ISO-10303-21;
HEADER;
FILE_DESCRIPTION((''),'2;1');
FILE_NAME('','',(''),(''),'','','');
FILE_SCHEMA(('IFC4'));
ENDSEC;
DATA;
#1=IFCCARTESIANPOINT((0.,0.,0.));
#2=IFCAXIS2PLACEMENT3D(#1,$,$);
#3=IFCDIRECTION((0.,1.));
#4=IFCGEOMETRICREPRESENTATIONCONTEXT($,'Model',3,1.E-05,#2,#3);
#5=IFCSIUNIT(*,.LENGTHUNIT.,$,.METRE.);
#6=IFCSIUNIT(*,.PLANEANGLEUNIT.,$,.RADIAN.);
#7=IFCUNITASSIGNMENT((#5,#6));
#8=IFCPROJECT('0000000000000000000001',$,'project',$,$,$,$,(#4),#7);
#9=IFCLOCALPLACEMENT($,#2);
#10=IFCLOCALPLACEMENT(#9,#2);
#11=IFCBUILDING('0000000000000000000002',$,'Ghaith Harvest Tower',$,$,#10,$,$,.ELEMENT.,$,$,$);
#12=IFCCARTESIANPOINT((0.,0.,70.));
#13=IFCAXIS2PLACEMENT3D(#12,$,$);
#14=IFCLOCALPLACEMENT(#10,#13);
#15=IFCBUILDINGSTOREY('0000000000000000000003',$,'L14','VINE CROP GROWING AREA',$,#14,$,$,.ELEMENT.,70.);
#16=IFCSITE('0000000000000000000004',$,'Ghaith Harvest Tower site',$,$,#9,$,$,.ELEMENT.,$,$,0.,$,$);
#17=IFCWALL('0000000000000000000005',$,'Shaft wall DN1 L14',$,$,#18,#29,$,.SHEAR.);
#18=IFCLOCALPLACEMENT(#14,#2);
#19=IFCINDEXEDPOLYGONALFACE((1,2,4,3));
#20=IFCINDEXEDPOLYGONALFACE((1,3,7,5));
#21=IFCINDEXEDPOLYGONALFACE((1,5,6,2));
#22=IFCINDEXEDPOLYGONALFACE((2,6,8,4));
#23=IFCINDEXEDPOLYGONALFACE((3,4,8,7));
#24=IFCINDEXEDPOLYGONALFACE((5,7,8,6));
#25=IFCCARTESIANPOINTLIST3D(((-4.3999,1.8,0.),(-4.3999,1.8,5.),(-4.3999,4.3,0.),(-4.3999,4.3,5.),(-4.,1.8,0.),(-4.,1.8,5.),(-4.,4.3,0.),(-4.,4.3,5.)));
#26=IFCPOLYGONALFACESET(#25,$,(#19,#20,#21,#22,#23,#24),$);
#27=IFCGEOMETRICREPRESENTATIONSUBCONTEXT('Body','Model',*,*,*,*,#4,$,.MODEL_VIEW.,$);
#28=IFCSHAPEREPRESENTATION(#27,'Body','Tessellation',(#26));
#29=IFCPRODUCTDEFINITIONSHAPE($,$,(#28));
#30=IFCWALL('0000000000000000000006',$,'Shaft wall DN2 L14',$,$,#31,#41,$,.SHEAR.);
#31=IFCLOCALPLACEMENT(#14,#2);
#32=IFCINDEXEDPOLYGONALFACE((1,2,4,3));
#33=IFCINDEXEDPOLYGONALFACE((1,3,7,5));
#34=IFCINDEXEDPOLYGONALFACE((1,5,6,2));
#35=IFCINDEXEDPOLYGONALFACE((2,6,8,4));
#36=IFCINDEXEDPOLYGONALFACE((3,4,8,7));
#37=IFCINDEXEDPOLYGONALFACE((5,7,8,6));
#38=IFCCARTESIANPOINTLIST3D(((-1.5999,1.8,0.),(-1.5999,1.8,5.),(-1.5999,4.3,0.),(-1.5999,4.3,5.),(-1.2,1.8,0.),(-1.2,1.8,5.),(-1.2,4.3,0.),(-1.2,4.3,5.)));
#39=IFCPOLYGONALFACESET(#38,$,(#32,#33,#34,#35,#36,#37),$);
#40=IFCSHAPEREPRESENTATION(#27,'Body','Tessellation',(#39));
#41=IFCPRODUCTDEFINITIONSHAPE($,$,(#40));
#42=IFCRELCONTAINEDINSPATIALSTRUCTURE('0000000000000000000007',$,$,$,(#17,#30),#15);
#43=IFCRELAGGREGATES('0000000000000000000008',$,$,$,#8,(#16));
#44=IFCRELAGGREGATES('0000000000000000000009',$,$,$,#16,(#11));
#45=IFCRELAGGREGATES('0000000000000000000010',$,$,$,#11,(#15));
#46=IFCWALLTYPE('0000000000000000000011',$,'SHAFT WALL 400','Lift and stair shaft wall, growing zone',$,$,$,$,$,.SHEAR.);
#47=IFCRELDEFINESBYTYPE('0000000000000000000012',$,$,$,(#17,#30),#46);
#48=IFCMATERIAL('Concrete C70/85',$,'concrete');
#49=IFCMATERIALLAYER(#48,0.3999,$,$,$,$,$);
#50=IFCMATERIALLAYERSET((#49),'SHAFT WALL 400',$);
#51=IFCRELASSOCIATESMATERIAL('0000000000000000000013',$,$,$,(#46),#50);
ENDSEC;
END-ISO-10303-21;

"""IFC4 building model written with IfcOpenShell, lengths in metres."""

from ifc_helpers import new_model, si_unit, direction, frame, frame_2d, origin, place, context, subcontext, project, spatial, rectangle, extrude, material, layer, layer_set, type_object, element, save


model = new_model("IFC4")

# Units and contexts
model_context = context("Model", 3, precision=1e-05, world=origin(), true_north=direction((0.0, 1.0)))
body_context = subcontext(model_context, "Body", "Model", "MODEL_VIEW")
ifc_project = project(units=[si_unit("LENGTHUNIT", "METRE"), si_unit("PLANEANGLEUNIT", "RADIAN")], contexts=[model_context])

# Site, building, storey
site_placement = place(None, origin())
site = spatial("IfcSite", under=ifc_project, at=site_placement, Name="Ghaith Harvest Tower site", CompositionType="ELEMENT", RefElevation=0.0)
building_placement = place(site_placement, origin())
building = spatial("IfcBuilding", under=site, at=building_placement, Name="Ghaith Harvest Tower", CompositionType="ELEMENT")
storey_placement = place(building_placement, frame((0.0, 0.0, 70.0)))
storey = spatial("IfcBuildingStorey", under=building, at=storey_placement, Name="L14", Description="VINE CROP GROWING AREA", CompositionType="ELEMENT", Elevation=70.0)

# Walls
ifc_material_1 = material(Name="Concrete C70/85", Category="concrete")
ifc_layer_1 = layer(ifc_material_1, 0.3999)
ifc_layer_set_1 = layer_set([ifc_layer_1], Name="SHAFT WALL 400")
wall_type_1 = type_object("IfcWallType", Name="SHAFT WALL 400", Description="Lift and stair shaft wall, growing zone", PredefinedType="SHEAR", material=ifc_layer_set_1)
for number, where, z_axis, x_axis, name in (
    (1, (-4.2, 1.8, 0.0), (0.0, 0.0, 1.0), (0.0, 1.0, 0.0), "Shaft wall DN1 L14"),
    (2, (-1.3999, 1.8, 0.0), (0.0, 0.0, 1.0), (0.0, 1.0, 0.0), "Shaft wall DN2 L14"),
):
    element("IfcWall", number, at=place(storey_placement, frame(where, z_axis=z_axis, x_axis=x_axis)), inside=storey, type_object=wall_type_1, Name=name, PredefinedType="SHEAR", context=body_context, shape_type="SweptSolid", body=[
        extrude(rectangle(XDim=2.5, YDim=0.3999, at=frame_2d((1.25, 0.0))), origin(), (0.0, 0.0, 1.0), 5.0),
    ])

save(model, "model.ifc")
